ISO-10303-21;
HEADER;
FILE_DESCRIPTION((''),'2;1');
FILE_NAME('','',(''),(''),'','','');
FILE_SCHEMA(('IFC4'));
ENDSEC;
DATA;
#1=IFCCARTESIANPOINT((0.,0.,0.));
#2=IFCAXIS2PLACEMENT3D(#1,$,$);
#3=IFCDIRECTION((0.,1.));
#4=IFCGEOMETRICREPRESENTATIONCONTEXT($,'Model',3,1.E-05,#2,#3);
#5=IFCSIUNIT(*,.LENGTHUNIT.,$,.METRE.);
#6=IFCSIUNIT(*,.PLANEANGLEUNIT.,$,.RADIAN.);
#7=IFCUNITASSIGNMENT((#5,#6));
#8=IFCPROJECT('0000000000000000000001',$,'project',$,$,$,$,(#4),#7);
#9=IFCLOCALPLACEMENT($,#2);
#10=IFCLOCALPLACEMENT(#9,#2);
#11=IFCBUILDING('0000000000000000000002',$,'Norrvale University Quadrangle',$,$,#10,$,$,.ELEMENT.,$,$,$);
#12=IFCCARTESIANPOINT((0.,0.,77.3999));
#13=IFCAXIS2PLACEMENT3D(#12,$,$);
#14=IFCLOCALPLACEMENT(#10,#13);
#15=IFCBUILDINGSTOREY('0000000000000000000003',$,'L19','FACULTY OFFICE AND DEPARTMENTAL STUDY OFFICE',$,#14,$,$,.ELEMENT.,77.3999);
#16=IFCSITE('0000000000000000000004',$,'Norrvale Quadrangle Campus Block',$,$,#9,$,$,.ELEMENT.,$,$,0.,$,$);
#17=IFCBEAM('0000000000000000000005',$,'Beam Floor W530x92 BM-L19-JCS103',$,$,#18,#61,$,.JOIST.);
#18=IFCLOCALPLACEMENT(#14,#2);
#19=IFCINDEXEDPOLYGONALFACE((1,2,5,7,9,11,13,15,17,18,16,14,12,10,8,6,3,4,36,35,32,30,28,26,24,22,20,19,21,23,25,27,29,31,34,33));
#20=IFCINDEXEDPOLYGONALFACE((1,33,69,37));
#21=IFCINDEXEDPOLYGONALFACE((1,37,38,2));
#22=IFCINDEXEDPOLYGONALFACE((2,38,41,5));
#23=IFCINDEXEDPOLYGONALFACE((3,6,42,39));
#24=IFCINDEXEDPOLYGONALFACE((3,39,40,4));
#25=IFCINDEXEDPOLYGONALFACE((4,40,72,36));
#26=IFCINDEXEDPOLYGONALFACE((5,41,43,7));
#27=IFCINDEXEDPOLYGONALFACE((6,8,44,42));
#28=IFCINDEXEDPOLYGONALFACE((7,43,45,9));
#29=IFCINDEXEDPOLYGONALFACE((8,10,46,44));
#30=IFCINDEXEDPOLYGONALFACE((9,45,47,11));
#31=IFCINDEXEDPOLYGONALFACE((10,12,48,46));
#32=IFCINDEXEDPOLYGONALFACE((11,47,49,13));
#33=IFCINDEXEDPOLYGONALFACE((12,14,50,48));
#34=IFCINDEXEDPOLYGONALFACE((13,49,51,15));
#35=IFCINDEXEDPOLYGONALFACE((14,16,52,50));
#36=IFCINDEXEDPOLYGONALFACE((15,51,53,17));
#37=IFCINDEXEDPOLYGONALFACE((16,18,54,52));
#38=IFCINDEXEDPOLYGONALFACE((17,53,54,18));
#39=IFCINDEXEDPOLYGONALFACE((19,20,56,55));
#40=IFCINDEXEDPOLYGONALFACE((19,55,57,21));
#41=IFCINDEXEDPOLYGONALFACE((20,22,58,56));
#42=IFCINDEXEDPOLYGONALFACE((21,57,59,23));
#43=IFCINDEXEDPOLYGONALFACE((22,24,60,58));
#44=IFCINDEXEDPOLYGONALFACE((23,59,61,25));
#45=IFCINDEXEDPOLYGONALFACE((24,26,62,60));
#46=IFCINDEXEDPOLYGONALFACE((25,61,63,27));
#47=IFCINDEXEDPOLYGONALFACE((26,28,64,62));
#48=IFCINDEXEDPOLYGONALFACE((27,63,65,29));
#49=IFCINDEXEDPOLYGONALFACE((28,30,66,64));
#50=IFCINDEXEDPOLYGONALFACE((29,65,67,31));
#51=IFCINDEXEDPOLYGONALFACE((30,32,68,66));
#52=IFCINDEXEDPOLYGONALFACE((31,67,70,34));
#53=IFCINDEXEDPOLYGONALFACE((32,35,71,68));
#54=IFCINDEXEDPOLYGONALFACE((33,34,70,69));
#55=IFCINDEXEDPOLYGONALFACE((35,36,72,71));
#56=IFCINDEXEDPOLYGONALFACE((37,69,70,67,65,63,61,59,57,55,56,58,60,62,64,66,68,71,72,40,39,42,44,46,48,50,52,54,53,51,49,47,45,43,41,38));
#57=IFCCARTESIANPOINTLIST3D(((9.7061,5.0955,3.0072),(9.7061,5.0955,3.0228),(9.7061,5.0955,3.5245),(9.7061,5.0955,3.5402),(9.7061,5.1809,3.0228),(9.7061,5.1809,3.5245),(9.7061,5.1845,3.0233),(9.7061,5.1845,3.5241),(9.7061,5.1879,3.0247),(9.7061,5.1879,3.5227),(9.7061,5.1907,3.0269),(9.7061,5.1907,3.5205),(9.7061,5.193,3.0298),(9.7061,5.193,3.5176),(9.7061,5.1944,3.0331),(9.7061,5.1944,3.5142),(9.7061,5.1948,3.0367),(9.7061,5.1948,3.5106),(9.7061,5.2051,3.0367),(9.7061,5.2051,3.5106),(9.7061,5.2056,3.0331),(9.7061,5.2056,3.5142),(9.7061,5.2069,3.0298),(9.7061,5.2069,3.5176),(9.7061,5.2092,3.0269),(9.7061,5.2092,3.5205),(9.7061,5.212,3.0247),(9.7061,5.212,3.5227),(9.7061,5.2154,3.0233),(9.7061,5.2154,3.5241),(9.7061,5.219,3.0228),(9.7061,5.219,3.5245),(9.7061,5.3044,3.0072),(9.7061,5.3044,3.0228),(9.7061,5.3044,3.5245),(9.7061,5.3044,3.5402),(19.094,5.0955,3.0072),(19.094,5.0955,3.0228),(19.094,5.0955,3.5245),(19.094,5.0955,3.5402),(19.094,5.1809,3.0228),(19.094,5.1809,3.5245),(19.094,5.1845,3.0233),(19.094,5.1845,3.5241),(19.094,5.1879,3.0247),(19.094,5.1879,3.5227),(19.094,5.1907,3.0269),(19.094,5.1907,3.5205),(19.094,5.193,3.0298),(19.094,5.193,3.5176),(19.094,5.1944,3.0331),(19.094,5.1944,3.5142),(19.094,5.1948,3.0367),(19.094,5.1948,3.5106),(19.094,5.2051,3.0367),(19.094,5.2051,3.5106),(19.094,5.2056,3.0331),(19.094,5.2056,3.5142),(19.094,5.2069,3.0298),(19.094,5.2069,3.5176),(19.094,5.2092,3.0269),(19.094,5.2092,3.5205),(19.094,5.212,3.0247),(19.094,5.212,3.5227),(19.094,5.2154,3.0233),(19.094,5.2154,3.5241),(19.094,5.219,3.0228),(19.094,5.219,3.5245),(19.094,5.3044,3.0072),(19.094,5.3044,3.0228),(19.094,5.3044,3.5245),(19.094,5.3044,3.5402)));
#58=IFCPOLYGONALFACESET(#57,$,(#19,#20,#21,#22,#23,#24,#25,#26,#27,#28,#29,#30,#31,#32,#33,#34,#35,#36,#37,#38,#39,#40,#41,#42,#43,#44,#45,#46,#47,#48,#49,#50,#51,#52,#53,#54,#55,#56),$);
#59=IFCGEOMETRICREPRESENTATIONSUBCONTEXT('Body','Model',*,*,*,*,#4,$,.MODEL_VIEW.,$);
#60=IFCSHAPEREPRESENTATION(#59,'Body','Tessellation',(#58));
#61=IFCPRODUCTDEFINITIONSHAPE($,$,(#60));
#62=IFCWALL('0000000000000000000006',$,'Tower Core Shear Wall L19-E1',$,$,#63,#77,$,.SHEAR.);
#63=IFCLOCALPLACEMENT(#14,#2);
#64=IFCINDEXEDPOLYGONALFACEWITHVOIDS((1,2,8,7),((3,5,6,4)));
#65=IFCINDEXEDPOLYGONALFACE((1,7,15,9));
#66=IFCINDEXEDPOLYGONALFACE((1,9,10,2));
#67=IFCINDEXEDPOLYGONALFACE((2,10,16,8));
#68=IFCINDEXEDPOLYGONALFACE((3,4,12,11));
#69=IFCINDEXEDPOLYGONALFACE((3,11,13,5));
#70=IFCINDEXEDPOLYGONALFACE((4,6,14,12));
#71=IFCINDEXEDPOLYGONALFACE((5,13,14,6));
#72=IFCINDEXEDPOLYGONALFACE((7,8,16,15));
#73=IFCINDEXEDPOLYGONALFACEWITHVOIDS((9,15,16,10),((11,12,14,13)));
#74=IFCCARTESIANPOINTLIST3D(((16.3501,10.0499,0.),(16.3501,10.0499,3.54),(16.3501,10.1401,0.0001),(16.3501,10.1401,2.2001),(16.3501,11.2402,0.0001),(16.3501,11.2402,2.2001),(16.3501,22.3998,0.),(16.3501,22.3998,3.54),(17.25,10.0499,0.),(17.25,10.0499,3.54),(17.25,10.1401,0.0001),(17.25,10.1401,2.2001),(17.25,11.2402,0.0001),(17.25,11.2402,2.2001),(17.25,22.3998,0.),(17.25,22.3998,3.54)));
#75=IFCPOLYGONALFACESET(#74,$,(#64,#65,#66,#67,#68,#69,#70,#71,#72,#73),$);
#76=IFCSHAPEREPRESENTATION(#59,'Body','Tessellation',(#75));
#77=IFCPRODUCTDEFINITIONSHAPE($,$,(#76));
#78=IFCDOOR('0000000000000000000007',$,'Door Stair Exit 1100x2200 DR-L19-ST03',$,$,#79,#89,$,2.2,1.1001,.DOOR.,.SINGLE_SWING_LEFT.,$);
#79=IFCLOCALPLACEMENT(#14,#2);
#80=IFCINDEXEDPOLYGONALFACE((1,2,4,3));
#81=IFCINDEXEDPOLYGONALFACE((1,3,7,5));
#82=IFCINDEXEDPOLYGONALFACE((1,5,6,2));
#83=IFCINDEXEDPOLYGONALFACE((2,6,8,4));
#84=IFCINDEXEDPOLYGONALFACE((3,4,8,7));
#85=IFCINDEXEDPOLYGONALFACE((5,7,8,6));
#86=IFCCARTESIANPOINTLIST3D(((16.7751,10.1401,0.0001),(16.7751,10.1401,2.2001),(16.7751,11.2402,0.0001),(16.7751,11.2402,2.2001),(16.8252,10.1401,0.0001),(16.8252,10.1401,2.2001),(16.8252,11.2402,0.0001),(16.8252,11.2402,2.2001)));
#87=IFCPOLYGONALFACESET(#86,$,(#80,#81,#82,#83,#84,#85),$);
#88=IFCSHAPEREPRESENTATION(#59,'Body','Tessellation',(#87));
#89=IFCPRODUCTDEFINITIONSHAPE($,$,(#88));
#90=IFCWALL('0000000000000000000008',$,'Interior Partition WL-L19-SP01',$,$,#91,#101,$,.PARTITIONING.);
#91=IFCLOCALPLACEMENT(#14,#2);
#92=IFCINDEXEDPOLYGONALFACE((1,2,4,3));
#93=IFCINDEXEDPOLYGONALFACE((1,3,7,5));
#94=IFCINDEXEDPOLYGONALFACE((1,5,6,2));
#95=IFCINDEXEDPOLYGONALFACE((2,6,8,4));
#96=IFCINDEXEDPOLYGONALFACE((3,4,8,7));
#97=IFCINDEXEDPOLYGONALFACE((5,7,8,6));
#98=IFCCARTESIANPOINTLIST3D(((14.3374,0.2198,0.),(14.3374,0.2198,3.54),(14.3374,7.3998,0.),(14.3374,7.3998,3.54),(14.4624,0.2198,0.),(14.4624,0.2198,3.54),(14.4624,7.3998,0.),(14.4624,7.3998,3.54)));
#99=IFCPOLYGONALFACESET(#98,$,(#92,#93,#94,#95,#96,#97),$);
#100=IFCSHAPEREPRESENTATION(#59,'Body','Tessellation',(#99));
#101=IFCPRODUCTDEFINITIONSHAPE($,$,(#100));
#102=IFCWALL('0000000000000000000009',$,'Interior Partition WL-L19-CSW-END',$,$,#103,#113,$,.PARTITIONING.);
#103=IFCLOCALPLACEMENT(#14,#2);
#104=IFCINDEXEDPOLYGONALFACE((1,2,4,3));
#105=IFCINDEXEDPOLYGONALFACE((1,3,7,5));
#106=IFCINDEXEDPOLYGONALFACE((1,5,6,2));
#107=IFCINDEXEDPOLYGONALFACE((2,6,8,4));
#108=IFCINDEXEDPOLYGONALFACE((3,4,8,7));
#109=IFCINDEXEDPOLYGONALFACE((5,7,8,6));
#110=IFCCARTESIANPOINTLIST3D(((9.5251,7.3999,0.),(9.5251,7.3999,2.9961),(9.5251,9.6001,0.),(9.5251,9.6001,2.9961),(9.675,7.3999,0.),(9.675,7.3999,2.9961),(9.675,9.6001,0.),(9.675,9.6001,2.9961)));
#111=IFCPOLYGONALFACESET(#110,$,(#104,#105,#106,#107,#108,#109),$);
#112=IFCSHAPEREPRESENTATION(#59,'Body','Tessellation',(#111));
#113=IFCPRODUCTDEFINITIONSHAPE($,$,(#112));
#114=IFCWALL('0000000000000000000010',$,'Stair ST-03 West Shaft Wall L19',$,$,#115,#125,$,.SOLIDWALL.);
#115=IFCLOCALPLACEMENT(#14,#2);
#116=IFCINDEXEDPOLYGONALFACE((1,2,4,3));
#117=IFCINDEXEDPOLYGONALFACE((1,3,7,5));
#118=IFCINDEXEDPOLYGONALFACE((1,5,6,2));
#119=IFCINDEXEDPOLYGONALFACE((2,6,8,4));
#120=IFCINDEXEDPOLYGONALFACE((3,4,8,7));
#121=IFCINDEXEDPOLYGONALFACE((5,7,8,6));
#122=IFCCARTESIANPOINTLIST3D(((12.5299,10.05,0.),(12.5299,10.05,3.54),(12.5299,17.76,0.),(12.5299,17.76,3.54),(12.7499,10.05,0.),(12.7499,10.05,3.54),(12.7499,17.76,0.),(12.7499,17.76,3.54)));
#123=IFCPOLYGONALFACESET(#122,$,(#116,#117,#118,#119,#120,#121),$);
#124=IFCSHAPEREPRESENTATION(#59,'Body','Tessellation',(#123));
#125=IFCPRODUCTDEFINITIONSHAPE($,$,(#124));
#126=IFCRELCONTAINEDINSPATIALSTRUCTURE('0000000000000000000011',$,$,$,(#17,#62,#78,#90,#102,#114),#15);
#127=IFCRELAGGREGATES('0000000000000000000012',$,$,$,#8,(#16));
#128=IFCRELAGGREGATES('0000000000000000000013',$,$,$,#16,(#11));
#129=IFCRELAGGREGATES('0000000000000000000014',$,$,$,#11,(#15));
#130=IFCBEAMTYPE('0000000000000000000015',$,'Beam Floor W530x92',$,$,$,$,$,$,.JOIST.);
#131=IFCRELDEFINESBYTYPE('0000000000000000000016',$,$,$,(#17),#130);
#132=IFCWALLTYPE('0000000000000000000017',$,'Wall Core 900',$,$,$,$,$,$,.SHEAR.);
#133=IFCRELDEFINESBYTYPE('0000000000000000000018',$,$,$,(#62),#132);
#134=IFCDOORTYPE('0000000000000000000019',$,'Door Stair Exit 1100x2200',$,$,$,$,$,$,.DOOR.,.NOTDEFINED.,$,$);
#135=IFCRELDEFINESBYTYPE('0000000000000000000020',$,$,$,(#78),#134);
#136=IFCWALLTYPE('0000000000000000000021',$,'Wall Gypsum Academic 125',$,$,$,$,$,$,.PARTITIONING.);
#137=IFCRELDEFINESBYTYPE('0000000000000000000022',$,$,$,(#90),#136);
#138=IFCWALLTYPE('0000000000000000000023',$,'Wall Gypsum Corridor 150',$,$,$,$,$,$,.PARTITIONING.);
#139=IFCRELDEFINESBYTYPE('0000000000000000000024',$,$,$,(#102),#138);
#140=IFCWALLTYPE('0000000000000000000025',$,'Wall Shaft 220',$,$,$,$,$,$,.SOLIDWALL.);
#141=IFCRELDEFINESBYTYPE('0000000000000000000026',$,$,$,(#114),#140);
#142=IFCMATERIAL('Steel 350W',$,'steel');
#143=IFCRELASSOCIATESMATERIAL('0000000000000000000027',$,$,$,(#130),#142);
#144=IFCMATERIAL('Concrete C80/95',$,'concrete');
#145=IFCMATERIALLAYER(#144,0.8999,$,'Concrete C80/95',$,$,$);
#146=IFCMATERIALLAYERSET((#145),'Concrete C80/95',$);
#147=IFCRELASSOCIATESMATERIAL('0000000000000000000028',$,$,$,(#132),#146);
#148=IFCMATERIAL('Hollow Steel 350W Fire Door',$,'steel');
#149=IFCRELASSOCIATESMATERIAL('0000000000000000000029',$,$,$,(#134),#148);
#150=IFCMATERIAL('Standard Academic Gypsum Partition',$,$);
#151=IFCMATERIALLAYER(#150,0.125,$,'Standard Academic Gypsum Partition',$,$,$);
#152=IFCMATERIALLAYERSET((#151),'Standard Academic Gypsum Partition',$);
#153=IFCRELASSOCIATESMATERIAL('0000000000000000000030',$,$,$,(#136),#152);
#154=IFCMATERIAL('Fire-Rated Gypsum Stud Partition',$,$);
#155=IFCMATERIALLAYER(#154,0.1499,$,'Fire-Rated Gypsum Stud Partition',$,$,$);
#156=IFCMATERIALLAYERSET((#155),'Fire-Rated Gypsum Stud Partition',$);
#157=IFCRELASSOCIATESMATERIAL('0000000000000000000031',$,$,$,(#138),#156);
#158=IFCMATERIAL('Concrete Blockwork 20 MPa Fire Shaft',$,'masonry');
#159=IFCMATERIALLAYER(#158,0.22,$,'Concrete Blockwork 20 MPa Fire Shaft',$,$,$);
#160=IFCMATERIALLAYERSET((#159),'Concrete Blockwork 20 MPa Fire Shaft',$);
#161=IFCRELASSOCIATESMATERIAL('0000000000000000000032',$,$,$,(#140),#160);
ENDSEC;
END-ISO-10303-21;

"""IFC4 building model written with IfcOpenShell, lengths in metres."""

from ifc_helpers import new_model, si_unit, direction, frame, frame_2d, origin, origin_2d, place, context, subcontext, project, spatial, rectangle, i_section, extrude, material, layer, layer_set, material_profile, profile_set, type_object, element, fill, save


model = new_model("IFC4")

# Units and contexts
model_context = context("Model", 3, precision=1e-05, world=origin(), true_north=direction((0.0, 1.0)))
body_context = subcontext(model_context, "Body", "Model", "MODEL_VIEW")
ifc_project = project(units=[si_unit("LENGTHUNIT", "METRE"), si_unit("PLANEANGLEUNIT", "RADIAN")], contexts=[model_context])

# Site, building, storey
site_placement = place(None, origin())
site = spatial("IfcSite", under=ifc_project, at=site_placement, Name="Norrvale Quadrangle Campus Block", CompositionType="ELEMENT", RefElevation=0.0)
building_placement = place(site_placement, origin())
building = spatial("IfcBuilding", under=site, at=building_placement, Name="Norrvale University Quadrangle", CompositionType="ELEMENT")
storey_placement = place(building_placement, frame((0.0, 0.0, 77.3999)))
storey = spatial("IfcBuildingStorey", under=building, at=storey_placement, Name="L19", Description="FACULTY OFFICE AND DEPARTMENTAL STUDY OFFICE", CompositionType="ELEMENT", Elevation=77.3999)

# Shared definitions
ifc_material_1 = material(Name="Concrete C80/95", Category="concrete")

# Beam
ifc_material_2 = material(Name="Steel 350W", Category="steel")
ifc_material_profile_1 = material_profile(ifc_material_2, i_section(OverallWidth=0.209, OverallDepth=0.533, WebThickness=0.0103, FlangeThickness=0.0156, FilletRadius=0.0139, at=origin_2d()), Name="Steel 350W")
ifc_profile_set_1 = profile_set([ifc_material_profile_1], Name="Steel 350W")
beam_type_1 = type_object("IfcBeamType", Name="Beam Floor W530x92", PredefinedType="JOIST", material=ifc_profile_set_1)
beam_1_placement = place(storey_placement, frame((9.7061, 5.2, 3.2737), z_axis=(1.0, 0.0, 0.0), x_axis=(0.0, 1.0, 0.0)))
element("IfcBeam", 1, at=beam_1_placement, inside=storey, type_object=beam_type_1, Name="Beam Floor W530x92 BM-L19-JCS103", PredefinedType="JOIST", context=body_context, shape_type="SweptSolid", body=[
    extrude(i_section(OverallWidth=0.209, OverallDepth=0.533, WebThickness=0.0103, FlangeThickness=0.0156, FilletRadius=0.0139, at=origin_2d()), origin(), (0.0, 0.0, 1.0), 9.3879),
])

# Wall, opening, door
ifc_layer_1 = layer(ifc_material_1, 0.8999, Name="Concrete C80/95")
ifc_layer_set_1 = layer_set([ifc_layer_1], Name="Concrete C80/95")
wall_type_1 = type_object("IfcWallType", Name="Wall Core 900", PredefinedType="SHEAR", material=ifc_layer_set_1)
wall_1_placement = place(storey_placement, frame((16.8, 10.05, 0.0), z_axis=(0.0, 0.0, 1.0), x_axis=(0.0, 1.0, 0.0)))
wall_1 = element("IfcWall", 2, at=wall_1_placement, inside=storey, type_object=wall_type_1, Name="Tower Core Shear Wall L19-E1", PredefinedType="SHEAR", context=body_context, shape_type="SweptSolid", body=[
    extrude(rectangle(XDim=12.3499, YDim=0.8999, at=frame_2d((6.1748, 0.0))), origin(), (0.0, 0.0, 1.0), 3.54),
])
opening_placement = place(wall_1_placement, frame((0.0901, 0.0, 0.0)))
opening = element("IfcOpeningElement", 3, at=opening_placement, cuts=wall_1, PredefinedType="OPENING", context=body_context, shape_type="SweptSolid", body=[
    extrude(rectangle(XDim=1.1001, YDim=2.2, at=frame_2d((0.55, 1.1001))), frame((0.0, 0.4619, 0.0), z_axis=(0.0, -1.0, 0.0), x_axis=(1.0, 0.0, 0.0)), (0.0, 0.0, 1.0), 0.9238),
])
ifc_material_3 = material(Name="Hollow Steel 350W Fire Door", Category="steel")
door_type = type_object("IfcDoorType", Name="Door Stair Exit 1100x2200", OperationType="NOTDEFINED", PredefinedType="DOOR", material=ifc_material_3)
door_placement = place(opening_placement, origin())
door = element("IfcDoor", 4, at=door_placement, inside=storey, type_object=door_type, Name="Door Stair Exit 1100x2200 DR-L19-ST03", OperationType="SINGLE_SWING_LEFT", OverallHeight=2.2, OverallWidth=1.1001, PredefinedType="DOOR", context=body_context, shape_type="SweptSolid", body=[
    extrude(rectangle(XDim=1.1001, YDim=2.2, at=frame_2d((0.55, 1.1001))), frame((0.0, 0.0249, 0.0), z_axis=(0.0, -1.0, 0.0), x_axis=(1.0, 0.0, 0.0)), (0.0, 0.0, 1.0), 0.05),
])
fill(opening, door)

# Walls
ifc_material_4 = material(Name="Standard Academic Gypsum Partition")
ifc_layer_2 = layer(ifc_material_4, 0.125, Name="Standard Academic Gypsum Partition")
ifc_layer_set_2 = layer_set([ifc_layer_2], Name="Standard Academic Gypsum Partition")
wall_type_2 = type_object("IfcWallType", Name="Wall Gypsum Academic 125", PredefinedType="PARTITIONING", material=ifc_layer_set_2)
wall_2_placement = place(storey_placement, frame((14.3999, 0.22, 0.0), z_axis=(0.0, 0.0, 1.0), x_axis=(0.0, 1.0, 0.0)))
element("IfcWall", 5, at=wall_2_placement, inside=storey, type_object=wall_type_2, Name="Interior Partition WL-L19-SP01", PredefinedType="PARTITIONING", context=body_context, shape_type="SweptSolid", body=[
    extrude(rectangle(XDim=7.1799, YDim=0.125, at=frame_2d((3.5898, 0.0))), origin(), (0.0, 0.0, 1.0), 3.54),
])
ifc_material_5 = material(Name="Fire-Rated Gypsum Stud Partition")
ifc_layer_3 = layer(ifc_material_5, 0.1499, Name="Fire-Rated Gypsum Stud Partition")
ifc_layer_set_3 = layer_set([ifc_layer_3], Name="Fire-Rated Gypsum Stud Partition")
wall_type_3 = type_object("IfcWallType", Name="Wall Gypsum Corridor 150", PredefinedType="PARTITIONING", material=ifc_layer_set_3)
wall_3_placement = place(storey_placement, frame((9.6001, 7.3999, 0.0), z_axis=(0.0, 0.0, 1.0), x_axis=(0.0, 1.0, 0.0)))
element("IfcWall", 6, at=wall_3_placement, inside=storey, type_object=wall_type_3, Name="Interior Partition WL-L19-CSW-END", PredefinedType="PARTITIONING", context=body_context, shape_type="SweptSolid", body=[
    extrude(rectangle(XDim=2.2002, YDim=0.1499, at=frame_2d((1.1001, 0.0))), origin(), (0.0, 0.0, 1.0), 2.9961),
])
ifc_material_6 = material(Name="Concrete Blockwork 20 MPa Fire Shaft", Category="masonry")
ifc_layer_4 = layer(ifc_material_6, 0.22, Name="Concrete Blockwork 20 MPa Fire Shaft")
ifc_layer_set_4 = layer_set([ifc_layer_4], Name="Concrete Blockwork 20 MPa Fire Shaft")
wall_type_4 = type_object("IfcWallType", Name="Wall Shaft 220", PredefinedType="SOLIDWALL", material=ifc_layer_set_4)
wall_4_placement = place(storey_placement, frame((12.6399, 10.05, 0.0), z_axis=(0.0, 0.0, 1.0), x_axis=(0.0, 1.0, 0.0)))
element("IfcWall", 7, at=wall_4_placement, inside=storey, type_object=wall_type_4, Name="Stair ST-03 West Shaft Wall L19", PredefinedType="SOLIDWALL", context=body_context, shape_type="SweptSolid", body=[
    extrude(rectangle(XDim=7.71, YDim=0.22, at=frame_2d((3.855, 0.0))), origin(), (0.0, 0.0, 1.0), 3.54),
])

save(model, "model.ifc")
